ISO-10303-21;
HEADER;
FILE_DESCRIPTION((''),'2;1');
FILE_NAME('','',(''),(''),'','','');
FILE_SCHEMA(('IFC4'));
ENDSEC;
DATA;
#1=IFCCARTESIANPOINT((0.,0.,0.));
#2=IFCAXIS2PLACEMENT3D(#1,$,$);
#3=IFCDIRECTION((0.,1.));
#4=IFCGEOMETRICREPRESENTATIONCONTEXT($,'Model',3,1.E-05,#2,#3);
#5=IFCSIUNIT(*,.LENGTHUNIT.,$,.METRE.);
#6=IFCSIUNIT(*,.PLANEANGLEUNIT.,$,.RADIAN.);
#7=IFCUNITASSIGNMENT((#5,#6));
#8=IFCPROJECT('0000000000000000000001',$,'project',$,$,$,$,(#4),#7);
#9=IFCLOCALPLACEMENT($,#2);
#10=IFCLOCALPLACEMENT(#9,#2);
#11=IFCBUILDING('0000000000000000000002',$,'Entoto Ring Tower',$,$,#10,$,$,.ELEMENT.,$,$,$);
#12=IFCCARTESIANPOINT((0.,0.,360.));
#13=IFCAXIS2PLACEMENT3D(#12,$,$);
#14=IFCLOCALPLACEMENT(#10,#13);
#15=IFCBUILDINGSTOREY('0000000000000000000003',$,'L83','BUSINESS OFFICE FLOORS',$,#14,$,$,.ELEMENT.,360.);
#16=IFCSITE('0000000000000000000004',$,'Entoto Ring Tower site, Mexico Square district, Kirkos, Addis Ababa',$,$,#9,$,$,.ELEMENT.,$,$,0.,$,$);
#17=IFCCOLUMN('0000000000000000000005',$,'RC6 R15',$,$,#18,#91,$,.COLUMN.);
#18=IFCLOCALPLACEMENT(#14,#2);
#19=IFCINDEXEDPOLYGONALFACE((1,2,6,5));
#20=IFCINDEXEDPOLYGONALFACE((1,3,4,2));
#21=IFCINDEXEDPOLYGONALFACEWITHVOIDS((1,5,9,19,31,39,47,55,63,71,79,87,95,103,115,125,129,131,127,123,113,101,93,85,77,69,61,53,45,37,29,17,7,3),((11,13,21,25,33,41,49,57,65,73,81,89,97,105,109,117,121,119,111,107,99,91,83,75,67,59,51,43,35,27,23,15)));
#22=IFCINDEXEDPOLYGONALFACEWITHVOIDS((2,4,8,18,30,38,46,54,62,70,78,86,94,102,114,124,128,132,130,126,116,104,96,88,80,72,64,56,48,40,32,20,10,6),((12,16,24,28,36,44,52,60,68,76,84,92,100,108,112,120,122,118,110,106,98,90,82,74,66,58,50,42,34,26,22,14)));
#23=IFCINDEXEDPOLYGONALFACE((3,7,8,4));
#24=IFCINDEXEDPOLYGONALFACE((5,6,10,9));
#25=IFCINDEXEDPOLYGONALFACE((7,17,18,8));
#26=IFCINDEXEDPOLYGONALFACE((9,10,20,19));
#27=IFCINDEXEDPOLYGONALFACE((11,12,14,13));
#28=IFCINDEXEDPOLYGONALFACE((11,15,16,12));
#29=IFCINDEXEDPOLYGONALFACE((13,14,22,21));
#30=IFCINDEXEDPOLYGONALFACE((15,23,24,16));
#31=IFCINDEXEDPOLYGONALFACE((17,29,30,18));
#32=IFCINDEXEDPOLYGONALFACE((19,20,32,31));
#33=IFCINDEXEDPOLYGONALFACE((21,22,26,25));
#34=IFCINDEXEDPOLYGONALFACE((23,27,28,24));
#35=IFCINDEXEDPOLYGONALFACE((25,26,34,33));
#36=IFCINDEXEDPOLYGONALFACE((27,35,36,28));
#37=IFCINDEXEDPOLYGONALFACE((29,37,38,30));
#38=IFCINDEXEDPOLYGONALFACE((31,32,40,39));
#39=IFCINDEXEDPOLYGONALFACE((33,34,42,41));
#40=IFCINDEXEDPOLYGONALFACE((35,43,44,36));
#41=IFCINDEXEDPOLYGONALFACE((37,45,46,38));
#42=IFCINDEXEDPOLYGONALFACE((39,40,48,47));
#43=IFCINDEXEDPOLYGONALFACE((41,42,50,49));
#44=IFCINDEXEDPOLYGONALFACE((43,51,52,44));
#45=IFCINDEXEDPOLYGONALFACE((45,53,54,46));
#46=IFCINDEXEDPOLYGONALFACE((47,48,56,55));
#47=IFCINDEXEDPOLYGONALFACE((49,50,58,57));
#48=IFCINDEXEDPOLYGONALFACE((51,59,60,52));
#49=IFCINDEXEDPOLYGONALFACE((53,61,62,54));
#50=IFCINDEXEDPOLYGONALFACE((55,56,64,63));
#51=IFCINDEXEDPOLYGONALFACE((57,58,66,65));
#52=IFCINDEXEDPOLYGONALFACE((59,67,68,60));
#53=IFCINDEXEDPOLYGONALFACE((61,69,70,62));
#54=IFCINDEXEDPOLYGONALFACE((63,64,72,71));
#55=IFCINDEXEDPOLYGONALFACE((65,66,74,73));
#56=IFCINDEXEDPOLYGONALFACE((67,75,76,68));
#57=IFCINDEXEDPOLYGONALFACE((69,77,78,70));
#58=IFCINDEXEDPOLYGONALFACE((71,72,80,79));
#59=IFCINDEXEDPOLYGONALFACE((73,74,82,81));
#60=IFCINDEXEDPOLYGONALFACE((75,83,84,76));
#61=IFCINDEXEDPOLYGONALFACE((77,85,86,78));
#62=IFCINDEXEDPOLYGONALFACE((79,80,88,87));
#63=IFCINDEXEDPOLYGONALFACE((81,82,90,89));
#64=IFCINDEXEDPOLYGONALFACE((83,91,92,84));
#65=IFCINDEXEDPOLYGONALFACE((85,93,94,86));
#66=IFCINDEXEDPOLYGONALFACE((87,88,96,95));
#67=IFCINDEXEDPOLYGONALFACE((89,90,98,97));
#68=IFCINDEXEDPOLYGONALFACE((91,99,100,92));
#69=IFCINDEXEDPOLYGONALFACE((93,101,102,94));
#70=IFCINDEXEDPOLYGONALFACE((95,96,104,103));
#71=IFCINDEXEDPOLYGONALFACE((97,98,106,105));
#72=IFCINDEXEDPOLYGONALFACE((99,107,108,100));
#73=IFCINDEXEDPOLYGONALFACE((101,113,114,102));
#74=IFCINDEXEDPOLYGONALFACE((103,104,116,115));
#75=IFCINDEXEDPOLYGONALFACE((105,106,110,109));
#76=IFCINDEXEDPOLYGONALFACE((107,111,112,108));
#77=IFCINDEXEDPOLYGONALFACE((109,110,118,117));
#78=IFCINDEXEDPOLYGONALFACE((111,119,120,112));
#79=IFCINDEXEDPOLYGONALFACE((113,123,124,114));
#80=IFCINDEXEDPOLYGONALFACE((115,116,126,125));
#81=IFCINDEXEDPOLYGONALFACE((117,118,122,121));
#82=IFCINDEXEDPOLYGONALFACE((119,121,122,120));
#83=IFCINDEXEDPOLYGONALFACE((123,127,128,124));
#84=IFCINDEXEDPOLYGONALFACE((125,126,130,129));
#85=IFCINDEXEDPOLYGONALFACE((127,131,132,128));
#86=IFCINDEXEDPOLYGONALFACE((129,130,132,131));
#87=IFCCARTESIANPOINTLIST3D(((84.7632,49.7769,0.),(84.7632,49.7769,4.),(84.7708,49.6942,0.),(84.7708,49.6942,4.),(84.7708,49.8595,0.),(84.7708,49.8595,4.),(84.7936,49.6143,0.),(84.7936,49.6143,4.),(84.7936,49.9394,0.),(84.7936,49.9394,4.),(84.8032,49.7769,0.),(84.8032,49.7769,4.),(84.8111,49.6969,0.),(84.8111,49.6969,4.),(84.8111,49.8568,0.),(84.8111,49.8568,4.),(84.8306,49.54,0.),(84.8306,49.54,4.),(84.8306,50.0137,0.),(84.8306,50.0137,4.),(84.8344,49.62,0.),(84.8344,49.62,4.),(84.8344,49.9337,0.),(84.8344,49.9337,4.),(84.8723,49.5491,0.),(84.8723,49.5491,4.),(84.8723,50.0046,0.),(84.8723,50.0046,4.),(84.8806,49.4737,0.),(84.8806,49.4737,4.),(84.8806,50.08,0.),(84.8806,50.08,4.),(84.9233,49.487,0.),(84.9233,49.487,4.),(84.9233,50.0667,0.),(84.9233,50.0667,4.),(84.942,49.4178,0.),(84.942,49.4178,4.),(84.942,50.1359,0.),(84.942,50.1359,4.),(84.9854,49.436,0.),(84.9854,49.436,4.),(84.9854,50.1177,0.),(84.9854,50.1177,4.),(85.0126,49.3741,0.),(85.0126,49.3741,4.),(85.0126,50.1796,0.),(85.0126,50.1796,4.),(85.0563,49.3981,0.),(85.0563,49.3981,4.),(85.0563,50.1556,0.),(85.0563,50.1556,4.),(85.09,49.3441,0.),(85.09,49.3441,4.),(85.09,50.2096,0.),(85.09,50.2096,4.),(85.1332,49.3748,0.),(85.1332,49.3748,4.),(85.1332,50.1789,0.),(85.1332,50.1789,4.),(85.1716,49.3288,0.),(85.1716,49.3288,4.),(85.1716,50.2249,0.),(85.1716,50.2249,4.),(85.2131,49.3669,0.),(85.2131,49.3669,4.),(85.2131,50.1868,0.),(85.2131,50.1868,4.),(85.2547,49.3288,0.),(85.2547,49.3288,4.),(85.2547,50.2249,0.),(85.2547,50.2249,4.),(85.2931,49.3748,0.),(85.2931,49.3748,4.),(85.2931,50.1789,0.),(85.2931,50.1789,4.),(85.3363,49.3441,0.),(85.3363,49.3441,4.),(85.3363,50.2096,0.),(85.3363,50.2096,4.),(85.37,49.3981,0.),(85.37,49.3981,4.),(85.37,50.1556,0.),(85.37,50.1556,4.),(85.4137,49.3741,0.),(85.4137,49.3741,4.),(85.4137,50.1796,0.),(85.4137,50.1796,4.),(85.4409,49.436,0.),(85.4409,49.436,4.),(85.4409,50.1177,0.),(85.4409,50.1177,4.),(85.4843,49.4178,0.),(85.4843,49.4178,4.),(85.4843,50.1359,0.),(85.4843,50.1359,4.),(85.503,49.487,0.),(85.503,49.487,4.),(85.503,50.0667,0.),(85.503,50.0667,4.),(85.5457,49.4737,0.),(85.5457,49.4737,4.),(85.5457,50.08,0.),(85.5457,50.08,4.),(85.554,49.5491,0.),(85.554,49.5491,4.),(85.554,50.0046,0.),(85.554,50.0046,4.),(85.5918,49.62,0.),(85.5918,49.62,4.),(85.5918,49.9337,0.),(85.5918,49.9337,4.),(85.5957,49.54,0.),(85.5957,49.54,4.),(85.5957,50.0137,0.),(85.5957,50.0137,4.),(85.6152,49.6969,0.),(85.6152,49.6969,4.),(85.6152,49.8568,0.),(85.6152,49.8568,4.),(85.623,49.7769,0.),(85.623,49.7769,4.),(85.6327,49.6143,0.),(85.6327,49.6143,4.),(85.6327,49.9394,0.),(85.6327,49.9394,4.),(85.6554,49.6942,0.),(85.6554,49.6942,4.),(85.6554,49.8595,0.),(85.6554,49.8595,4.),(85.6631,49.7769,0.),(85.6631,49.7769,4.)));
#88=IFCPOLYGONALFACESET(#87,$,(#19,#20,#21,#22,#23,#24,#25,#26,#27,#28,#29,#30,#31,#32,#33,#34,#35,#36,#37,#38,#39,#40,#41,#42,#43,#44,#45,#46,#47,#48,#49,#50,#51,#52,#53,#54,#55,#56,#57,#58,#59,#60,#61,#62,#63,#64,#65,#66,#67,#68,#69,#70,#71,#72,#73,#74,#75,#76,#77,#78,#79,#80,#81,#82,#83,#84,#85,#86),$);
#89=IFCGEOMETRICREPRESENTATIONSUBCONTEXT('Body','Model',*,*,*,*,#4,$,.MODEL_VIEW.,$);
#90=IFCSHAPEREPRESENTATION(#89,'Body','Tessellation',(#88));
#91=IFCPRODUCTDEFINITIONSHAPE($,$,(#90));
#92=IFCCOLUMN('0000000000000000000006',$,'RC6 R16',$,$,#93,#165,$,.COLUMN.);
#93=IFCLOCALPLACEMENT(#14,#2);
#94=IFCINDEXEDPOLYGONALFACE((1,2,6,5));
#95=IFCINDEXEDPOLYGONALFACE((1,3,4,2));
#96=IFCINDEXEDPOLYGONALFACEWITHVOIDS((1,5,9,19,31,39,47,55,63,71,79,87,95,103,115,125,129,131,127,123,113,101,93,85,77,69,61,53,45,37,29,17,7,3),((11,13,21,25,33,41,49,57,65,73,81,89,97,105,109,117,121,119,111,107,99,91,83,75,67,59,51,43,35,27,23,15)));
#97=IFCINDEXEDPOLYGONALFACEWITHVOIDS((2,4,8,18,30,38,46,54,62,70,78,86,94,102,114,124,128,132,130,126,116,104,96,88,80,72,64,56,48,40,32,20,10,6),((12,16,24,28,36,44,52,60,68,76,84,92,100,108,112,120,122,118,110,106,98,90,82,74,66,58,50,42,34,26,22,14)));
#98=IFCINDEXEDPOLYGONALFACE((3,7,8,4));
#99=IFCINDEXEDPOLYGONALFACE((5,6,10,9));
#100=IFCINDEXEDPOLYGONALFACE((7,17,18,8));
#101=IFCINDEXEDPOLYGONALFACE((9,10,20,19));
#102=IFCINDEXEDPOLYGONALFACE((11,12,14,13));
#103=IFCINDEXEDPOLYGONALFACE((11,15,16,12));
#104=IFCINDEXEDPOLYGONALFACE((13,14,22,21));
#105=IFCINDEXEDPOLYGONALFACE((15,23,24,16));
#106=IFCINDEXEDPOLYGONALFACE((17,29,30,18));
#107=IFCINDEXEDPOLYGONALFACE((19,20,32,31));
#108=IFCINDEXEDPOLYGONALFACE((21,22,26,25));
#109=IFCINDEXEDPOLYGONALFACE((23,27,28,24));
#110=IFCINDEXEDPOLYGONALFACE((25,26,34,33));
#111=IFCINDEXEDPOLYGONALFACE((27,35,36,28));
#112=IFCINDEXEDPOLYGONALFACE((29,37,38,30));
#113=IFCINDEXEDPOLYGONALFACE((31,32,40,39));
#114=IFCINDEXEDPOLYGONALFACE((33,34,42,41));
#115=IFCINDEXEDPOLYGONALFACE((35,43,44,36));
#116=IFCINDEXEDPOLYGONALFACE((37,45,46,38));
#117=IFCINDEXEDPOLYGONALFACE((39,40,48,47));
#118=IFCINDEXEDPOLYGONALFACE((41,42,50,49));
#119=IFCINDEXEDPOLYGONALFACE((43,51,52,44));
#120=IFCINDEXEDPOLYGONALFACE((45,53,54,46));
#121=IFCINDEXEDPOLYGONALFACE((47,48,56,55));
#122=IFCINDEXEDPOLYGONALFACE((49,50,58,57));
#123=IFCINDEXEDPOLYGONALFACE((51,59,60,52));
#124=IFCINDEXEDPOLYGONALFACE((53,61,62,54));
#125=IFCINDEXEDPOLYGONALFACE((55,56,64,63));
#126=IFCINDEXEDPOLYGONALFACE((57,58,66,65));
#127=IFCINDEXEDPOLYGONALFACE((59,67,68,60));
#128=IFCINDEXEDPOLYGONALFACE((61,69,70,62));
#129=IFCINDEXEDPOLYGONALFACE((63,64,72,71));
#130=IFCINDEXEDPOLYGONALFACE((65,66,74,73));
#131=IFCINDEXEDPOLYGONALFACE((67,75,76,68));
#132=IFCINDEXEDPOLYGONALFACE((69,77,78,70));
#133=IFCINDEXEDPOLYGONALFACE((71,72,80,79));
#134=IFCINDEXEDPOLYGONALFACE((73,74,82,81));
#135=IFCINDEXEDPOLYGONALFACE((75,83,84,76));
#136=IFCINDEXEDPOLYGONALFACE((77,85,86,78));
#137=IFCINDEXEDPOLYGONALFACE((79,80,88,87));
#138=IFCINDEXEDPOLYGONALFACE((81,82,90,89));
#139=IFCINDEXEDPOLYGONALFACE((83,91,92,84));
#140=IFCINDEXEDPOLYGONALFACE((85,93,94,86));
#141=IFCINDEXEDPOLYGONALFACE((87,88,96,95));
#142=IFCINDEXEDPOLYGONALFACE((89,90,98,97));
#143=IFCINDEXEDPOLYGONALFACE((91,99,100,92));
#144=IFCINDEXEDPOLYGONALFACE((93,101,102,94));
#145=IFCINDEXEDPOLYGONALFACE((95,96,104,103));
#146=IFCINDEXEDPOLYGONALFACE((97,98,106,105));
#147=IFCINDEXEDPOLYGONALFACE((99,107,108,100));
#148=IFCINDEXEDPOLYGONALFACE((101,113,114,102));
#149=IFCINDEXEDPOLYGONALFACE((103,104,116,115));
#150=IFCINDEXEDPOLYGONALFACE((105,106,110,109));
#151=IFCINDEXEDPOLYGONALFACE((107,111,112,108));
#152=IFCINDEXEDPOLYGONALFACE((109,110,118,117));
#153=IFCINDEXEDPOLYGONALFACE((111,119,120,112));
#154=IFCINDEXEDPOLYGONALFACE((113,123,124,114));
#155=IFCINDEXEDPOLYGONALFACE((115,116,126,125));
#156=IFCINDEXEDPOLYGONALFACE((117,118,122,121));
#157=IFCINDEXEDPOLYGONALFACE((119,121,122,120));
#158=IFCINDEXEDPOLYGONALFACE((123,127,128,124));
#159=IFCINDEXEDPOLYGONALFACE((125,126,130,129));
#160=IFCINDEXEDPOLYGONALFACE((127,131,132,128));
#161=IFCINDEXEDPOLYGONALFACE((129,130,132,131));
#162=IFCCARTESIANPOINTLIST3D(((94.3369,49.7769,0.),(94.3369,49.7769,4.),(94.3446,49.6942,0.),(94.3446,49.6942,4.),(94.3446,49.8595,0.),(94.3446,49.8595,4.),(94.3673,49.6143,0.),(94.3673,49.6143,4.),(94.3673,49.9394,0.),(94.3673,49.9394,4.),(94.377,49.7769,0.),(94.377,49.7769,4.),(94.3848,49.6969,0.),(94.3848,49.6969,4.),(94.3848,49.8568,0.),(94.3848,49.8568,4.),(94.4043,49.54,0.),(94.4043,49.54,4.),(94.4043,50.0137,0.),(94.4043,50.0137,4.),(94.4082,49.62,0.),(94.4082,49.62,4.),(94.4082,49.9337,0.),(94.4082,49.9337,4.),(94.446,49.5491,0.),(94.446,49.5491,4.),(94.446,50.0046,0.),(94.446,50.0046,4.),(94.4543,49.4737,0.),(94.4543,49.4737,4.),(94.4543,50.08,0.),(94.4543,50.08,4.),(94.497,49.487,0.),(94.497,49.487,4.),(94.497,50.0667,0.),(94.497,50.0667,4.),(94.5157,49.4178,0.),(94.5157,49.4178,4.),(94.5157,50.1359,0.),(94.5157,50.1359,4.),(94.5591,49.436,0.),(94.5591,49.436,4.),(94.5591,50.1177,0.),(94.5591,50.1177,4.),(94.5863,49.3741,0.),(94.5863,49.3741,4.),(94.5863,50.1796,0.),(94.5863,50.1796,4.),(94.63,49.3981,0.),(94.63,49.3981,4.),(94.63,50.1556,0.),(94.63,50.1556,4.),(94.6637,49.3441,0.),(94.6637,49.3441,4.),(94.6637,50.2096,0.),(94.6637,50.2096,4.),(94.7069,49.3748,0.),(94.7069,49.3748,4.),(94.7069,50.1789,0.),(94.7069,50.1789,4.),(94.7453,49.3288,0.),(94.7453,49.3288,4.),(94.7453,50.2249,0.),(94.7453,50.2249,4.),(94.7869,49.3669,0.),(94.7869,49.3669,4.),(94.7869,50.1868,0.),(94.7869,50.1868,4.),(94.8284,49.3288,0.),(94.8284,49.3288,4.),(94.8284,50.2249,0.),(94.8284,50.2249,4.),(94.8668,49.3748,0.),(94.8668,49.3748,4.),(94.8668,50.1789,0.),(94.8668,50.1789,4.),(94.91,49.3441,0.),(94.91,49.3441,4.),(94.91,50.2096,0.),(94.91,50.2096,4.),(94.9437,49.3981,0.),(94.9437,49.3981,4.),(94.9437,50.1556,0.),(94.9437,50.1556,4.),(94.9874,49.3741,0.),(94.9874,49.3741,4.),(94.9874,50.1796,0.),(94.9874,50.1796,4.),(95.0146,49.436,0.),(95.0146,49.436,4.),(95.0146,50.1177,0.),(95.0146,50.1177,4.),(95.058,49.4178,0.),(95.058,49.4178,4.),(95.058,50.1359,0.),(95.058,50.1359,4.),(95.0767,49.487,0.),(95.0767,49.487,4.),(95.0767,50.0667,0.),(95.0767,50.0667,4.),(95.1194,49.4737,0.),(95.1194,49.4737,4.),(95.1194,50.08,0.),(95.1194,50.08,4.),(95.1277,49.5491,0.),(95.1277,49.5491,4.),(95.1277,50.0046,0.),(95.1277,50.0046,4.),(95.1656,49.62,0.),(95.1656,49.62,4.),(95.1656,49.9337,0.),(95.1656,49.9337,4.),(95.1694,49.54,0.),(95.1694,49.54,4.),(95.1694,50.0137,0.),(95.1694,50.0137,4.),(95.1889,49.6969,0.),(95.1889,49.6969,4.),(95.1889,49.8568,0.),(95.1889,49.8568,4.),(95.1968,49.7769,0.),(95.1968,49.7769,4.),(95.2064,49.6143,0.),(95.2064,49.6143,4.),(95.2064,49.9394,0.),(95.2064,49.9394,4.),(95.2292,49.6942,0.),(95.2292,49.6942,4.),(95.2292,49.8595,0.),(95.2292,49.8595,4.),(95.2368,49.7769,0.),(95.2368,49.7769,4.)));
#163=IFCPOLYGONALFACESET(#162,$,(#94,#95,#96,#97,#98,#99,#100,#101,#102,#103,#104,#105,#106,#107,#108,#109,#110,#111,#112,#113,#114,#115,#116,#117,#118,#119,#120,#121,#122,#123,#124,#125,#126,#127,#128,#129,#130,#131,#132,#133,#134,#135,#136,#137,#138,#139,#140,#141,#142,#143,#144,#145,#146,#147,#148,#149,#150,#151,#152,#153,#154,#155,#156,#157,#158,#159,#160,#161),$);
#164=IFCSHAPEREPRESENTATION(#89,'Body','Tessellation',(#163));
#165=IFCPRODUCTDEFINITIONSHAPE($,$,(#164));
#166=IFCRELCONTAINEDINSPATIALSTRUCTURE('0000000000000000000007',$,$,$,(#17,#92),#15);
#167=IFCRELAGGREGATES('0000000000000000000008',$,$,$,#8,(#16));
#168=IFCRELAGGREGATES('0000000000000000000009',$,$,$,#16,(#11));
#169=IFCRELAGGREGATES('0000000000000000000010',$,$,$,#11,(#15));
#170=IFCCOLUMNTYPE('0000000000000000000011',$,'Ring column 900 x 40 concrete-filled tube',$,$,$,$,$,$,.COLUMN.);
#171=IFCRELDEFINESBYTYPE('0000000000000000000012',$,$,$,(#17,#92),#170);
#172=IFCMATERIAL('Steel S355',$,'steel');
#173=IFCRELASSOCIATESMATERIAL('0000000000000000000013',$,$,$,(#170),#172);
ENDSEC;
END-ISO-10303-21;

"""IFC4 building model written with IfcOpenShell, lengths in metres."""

from ifc_helpers import new_model, si_unit, direction, frame, origin, origin_2d, place, context, subcontext, project, spatial, circle, hollow_circle, extrude, material, material_profile, profile_set, type_object, element, save


model = new_model("IFC4")

# Units and contexts
model_context = context("Model", 3, precision=1e-05, world=origin(), true_north=direction((0.0, 1.0)))
body_context = subcontext(model_context, "Body", "Model", "MODEL_VIEW")
ifc_project = project(units=[si_unit("LENGTHUNIT", "METRE"), si_unit("PLANEANGLEUNIT", "RADIAN")], contexts=[model_context])

# Site, building, storey
site_placement = place(None, origin())
site = spatial("IfcSite", under=ifc_project, at=site_placement, Name="Entoto Ring Tower site, Mexico Square district, Kirkos, Addis Ababa", CompositionType="ELEMENT", RefElevation=0.0)
building_placement = place(site_placement, origin())
building = spatial("IfcBuilding", under=site, at=building_placement, Name="Entoto Ring Tower", CompositionType="ELEMENT")
storey_placement = place(building_placement, frame((0.0, 0.0, 360.0)))
storey = spatial("IfcBuildingStorey", under=building, at=storey_placement, Name="L83", Description="BUSINESS OFFICE FLOORS", CompositionType="ELEMENT", Elevation=360.0)

# Columns
ifc_material_1 = material(Name="Steel S355", Category="steel")
ifc_material_profile_1 = material_profile(ifc_material_1, hollow_circle(Radius=0.45, WallThickness=0.04, at=origin_2d()), Name="CHS 900 x 40")
ifc_material_2 = material(Name="Concrete C60/75", Category="concrete")
ifc_material_profile_2 = material_profile(ifc_material_2, circle(Radius=0.4099, at=origin_2d()), Name="Concrete C60/75 infill")
ifc_profile_set_1 = profile_set([ifc_material_profile_1, ifc_material_profile_2], Name="Steel S355")
column_type = type_object("IfcColumnType", Name="Ring column 900 x 40 concrete-filled tube", PredefinedType="COLUMN", material=ifc_profile_set_1)
for number, where, z_axis, x_axis, name in (
    (1, (85.2131, 49.7769, 0.0), (0.0, 0.0, 1.0), (1.0, 0.0, 0.0), "RC6 R15"),
    (2, (94.7869, 49.7769, 0.0), (0.0, 0.0, 1.0), (1.0, 0.0, 0.0), "RC6 R16"),
):
    element("IfcColumn", number, at=place(storey_placement, frame(where, z_axis=z_axis, x_axis=x_axis)), inside=storey, type_object=column_type, Name=name, PredefinedType="COLUMN", context=body_context, shape_type="SweptSolid", body=[
        extrude(hollow_circle(Radius=0.45, WallThickness=0.04, at=origin_2d()), origin(), (0.0, 0.0, 1.0), 4.0),
    ])

save(model, "model.ifc")
